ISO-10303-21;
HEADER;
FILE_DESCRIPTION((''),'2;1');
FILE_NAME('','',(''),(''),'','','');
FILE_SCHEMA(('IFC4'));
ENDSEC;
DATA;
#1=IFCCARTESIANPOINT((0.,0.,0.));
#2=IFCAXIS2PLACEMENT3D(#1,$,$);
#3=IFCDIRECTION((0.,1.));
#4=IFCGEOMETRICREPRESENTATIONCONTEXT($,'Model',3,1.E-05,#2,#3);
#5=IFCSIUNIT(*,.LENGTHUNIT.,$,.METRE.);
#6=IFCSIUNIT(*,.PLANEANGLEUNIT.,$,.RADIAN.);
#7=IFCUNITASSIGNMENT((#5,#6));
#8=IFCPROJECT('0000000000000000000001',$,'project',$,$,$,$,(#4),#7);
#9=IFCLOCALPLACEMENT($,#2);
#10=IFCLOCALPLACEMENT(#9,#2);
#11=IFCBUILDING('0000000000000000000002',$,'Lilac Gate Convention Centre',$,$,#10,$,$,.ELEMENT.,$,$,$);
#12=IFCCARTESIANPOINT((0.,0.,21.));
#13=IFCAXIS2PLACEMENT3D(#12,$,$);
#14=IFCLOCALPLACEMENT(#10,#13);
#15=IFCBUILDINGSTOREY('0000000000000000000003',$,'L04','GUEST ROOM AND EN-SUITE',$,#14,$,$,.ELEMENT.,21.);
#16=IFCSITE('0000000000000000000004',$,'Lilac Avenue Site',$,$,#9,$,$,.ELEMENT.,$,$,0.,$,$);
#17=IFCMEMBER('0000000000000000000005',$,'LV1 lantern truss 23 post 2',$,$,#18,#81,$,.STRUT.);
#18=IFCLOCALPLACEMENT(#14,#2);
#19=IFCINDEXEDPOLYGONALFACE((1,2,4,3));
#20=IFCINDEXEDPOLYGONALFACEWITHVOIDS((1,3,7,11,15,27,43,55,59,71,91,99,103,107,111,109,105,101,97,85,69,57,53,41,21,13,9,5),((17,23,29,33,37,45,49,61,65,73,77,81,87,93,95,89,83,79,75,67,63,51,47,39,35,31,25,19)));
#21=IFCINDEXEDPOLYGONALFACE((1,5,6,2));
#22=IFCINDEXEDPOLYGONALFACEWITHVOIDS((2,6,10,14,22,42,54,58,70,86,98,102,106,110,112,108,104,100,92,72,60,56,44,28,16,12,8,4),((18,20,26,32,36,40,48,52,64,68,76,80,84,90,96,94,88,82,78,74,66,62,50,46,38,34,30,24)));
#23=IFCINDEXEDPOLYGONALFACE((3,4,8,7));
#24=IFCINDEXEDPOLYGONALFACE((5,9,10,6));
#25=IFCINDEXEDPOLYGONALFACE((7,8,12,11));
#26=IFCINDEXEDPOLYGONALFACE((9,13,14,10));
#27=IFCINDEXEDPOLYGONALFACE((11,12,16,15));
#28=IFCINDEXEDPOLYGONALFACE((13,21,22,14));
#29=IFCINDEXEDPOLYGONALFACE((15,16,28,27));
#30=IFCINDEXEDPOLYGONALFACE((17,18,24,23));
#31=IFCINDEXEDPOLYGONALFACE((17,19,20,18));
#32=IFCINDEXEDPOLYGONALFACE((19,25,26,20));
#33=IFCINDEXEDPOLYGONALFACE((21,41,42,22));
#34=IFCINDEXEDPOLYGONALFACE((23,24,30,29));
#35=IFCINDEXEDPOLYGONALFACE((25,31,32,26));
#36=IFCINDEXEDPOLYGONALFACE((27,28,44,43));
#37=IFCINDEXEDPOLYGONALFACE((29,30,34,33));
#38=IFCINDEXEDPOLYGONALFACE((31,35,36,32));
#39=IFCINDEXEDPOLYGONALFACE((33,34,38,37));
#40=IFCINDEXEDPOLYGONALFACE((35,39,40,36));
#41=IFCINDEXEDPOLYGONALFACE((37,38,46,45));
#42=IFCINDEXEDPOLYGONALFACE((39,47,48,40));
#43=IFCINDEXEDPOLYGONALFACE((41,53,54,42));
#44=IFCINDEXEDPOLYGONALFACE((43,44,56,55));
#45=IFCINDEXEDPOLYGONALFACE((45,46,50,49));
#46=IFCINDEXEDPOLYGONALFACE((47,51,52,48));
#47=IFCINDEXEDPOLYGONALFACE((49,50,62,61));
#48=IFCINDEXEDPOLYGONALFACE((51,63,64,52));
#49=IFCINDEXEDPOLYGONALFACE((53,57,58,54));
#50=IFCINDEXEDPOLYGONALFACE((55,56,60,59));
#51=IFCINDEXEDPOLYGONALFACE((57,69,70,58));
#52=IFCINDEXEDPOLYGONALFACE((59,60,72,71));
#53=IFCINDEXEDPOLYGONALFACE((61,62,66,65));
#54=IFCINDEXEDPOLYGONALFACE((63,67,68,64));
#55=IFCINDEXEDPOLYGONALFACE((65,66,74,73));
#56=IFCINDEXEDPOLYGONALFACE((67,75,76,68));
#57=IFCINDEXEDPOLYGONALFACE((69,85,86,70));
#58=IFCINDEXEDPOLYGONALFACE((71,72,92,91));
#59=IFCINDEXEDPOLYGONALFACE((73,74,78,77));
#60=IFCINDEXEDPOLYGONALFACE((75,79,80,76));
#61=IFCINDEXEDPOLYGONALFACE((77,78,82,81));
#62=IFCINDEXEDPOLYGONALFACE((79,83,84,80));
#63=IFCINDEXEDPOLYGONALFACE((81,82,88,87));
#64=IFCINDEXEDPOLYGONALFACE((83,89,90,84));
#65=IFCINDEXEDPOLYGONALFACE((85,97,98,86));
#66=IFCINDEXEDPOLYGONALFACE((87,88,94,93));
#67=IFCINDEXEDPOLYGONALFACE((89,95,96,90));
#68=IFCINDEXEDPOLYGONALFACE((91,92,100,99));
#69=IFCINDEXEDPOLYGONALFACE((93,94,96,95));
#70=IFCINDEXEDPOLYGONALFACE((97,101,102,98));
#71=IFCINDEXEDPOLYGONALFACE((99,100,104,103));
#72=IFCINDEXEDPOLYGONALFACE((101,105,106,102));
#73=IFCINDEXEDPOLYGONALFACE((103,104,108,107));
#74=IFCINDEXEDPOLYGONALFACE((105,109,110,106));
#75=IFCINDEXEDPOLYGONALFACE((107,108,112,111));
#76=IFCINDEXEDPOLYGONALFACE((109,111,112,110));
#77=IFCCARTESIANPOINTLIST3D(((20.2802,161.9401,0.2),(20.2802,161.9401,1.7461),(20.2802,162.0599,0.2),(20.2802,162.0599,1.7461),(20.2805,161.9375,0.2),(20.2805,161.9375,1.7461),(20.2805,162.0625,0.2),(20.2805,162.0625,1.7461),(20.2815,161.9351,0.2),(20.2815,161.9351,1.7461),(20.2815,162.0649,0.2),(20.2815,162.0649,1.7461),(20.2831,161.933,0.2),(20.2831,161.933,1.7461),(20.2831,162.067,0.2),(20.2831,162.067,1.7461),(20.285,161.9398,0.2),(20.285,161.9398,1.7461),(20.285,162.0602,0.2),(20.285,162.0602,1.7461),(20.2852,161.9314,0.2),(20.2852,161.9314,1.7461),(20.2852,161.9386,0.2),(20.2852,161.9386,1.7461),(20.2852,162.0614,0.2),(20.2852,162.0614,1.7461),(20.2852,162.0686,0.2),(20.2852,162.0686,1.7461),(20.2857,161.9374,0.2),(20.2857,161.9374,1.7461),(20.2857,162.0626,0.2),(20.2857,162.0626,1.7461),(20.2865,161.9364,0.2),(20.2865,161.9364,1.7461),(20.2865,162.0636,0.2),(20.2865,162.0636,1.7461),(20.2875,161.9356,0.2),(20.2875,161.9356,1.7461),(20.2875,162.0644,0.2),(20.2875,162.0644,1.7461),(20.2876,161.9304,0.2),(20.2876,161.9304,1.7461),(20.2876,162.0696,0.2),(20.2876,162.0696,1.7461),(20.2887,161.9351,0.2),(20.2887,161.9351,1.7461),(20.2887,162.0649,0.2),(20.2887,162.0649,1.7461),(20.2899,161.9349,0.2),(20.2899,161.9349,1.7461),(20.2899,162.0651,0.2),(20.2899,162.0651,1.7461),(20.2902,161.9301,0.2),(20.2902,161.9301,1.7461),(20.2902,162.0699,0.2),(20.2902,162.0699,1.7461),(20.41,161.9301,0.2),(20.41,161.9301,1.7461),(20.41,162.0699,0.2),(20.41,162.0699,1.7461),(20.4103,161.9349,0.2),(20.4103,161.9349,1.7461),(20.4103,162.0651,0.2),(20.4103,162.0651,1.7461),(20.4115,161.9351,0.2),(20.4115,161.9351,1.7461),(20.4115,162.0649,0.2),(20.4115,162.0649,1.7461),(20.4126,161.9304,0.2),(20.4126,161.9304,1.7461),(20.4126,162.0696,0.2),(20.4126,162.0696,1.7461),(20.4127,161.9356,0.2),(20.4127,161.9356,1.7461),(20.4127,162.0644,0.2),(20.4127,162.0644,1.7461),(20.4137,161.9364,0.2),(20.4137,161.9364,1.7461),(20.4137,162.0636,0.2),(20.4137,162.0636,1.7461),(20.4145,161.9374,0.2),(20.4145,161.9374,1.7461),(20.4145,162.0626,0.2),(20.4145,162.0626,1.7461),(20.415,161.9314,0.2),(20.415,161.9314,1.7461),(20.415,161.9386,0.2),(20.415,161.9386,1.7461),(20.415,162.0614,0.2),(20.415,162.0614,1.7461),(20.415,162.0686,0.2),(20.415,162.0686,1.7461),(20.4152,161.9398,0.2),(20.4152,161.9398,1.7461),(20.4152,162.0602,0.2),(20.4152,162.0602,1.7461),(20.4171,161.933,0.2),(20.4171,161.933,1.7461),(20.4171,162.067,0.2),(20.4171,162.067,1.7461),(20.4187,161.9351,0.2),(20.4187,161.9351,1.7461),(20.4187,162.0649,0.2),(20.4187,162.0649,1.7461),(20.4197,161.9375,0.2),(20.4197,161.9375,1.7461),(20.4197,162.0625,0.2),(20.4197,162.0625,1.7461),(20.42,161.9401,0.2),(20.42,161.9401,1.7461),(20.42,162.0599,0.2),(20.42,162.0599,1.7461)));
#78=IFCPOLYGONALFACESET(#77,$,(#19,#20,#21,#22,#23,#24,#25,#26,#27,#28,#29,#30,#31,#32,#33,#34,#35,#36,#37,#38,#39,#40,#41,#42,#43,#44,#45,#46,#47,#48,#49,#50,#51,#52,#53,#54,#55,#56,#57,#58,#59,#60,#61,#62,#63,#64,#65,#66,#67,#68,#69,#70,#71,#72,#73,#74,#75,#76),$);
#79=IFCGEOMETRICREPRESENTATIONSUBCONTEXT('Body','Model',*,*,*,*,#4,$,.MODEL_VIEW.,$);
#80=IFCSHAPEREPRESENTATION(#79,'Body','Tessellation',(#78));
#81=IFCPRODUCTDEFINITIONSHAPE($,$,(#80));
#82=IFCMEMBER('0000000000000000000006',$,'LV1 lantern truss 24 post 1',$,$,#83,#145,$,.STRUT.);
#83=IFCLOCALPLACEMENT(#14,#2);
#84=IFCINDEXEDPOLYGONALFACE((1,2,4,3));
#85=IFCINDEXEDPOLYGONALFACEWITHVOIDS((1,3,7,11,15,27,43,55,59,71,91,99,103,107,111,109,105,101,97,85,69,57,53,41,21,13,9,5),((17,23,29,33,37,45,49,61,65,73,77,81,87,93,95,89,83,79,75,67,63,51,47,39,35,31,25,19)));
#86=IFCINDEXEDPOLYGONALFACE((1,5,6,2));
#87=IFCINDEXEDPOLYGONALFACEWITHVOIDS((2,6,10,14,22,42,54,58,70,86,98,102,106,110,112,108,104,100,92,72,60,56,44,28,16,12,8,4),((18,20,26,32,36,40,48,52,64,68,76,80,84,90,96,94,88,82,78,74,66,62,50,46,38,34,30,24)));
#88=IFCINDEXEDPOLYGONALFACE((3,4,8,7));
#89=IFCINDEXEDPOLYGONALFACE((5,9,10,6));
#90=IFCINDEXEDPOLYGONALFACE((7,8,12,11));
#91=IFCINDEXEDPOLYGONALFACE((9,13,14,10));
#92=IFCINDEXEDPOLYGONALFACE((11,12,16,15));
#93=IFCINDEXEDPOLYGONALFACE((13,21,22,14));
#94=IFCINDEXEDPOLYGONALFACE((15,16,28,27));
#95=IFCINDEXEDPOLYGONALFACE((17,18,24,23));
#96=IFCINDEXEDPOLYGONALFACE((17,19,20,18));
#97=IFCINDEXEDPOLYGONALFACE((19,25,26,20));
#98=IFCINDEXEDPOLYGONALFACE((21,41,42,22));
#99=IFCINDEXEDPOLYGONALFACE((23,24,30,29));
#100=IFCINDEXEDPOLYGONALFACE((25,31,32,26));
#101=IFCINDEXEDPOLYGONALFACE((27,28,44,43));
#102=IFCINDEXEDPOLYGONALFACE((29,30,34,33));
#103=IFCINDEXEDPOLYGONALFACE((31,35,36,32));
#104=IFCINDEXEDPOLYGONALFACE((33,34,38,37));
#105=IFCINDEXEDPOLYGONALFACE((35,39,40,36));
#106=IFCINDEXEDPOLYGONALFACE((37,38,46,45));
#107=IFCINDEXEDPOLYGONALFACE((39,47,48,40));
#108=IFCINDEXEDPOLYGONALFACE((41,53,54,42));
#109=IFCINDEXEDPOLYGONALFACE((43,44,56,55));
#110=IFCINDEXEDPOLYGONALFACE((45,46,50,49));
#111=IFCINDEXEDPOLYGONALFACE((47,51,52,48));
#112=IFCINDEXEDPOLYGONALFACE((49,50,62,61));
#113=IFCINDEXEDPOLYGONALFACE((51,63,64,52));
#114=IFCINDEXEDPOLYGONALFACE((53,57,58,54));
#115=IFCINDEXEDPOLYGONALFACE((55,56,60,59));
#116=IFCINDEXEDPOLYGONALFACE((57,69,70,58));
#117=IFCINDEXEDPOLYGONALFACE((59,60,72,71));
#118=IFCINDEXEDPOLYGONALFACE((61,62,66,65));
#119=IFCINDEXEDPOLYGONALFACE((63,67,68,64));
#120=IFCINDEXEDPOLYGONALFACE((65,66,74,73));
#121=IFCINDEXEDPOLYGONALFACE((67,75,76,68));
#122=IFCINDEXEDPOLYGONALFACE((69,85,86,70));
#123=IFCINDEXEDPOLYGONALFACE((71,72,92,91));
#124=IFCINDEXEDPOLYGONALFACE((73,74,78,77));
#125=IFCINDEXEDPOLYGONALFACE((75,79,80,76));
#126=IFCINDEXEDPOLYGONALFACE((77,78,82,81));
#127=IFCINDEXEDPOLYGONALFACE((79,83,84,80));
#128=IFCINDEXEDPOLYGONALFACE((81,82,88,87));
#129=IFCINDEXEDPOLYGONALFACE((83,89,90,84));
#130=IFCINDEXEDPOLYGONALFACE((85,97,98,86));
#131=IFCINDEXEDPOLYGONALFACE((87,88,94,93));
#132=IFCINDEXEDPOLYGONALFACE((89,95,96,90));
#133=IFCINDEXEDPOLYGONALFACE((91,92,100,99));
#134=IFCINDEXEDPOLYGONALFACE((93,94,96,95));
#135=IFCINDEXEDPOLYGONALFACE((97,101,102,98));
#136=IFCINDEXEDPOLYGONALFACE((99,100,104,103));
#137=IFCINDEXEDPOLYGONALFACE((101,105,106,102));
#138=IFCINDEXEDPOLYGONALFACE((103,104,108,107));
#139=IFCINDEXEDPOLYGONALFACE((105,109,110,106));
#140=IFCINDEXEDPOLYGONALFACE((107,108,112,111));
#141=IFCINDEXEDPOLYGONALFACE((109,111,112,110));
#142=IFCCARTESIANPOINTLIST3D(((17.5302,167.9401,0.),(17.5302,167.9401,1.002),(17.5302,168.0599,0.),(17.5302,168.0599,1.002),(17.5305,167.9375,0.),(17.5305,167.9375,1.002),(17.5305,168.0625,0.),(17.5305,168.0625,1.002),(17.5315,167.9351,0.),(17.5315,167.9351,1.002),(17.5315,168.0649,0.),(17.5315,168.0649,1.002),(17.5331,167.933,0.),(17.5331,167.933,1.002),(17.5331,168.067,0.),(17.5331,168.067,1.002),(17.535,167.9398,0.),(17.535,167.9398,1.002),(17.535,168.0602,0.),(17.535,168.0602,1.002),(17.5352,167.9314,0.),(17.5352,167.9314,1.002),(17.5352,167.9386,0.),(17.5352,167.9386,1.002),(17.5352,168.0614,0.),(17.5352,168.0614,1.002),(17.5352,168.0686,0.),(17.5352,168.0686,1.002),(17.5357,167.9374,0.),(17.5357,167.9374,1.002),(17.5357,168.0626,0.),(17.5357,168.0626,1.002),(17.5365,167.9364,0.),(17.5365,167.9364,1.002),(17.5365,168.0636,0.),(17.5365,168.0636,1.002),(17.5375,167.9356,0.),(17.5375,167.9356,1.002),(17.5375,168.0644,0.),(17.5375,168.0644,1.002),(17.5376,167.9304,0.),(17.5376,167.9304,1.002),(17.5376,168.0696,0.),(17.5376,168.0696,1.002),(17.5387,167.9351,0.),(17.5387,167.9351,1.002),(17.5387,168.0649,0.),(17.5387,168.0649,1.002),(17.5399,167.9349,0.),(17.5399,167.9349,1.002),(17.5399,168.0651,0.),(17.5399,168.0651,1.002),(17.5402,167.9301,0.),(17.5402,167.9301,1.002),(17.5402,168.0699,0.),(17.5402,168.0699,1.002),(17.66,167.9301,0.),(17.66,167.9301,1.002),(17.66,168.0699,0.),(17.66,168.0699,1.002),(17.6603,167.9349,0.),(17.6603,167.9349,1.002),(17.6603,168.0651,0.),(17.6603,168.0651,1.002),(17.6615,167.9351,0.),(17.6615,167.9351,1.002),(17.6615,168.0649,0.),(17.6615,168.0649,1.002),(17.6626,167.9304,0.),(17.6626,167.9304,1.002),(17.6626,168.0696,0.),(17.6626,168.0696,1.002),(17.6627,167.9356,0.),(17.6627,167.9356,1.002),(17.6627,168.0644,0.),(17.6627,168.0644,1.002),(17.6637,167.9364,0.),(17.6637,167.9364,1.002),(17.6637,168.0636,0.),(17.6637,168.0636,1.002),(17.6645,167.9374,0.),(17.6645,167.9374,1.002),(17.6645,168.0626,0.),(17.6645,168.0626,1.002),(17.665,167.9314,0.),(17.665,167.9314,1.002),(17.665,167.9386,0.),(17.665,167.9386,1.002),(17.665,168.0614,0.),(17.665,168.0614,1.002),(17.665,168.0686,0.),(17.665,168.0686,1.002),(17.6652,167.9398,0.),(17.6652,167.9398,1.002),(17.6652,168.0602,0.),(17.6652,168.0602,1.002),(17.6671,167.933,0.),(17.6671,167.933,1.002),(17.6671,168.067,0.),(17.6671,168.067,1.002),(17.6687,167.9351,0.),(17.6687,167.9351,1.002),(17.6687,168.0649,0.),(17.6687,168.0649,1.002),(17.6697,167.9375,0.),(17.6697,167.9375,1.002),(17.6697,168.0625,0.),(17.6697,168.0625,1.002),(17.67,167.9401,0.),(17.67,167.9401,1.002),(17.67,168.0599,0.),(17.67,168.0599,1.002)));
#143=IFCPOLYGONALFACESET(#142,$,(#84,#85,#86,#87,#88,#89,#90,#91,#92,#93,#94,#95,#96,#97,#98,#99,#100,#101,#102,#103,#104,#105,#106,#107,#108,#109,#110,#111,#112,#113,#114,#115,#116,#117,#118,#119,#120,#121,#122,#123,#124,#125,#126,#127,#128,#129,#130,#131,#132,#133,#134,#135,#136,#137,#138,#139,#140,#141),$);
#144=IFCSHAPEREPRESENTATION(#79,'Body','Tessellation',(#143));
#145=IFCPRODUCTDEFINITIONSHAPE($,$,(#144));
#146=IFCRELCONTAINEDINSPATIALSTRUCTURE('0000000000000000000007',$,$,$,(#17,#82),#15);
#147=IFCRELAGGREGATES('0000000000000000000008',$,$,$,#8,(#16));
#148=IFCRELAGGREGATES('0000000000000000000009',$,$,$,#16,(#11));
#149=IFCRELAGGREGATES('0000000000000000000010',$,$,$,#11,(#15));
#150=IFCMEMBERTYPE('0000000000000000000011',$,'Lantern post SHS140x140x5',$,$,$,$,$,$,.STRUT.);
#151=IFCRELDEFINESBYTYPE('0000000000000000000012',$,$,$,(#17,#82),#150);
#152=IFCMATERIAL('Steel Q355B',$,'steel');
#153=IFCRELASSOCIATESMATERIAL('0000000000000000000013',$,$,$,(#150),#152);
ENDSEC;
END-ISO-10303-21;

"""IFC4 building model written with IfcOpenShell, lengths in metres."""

from ifc_helpers import new_model, si_unit, direction, frame, origin, origin_2d, place, context, subcontext, project, spatial, hollow_rectangle, extrude, material, material_profile, profile_set, type_object, element, save


model = new_model("IFC4")

# Units and contexts
model_context = context("Model", 3, precision=1e-05, world=origin(), true_north=direction((0.0, 1.0)))
body_context = subcontext(model_context, "Body", "Model", "MODEL_VIEW")
ifc_project = project(units=[si_unit("LENGTHUNIT", "METRE"), si_unit("PLANEANGLEUNIT", "RADIAN")], contexts=[model_context])

# Site, building, storey
site_placement = place(None, origin())
site = spatial("IfcSite", under=ifc_project, at=site_placement, Name="Lilac Avenue Site", CompositionType="ELEMENT", RefElevation=0.0)
building_placement = place(site_placement, origin())
building = spatial("IfcBuilding", under=site, at=building_placement, Name="Lilac Gate Convention Centre", CompositionType="ELEMENT")
storey_placement = place(building_placement, frame((0.0, 0.0, 21.0)))
storey = spatial("IfcBuildingStorey", under=building, at=storey_placement, Name="L04", Description="GUEST ROOM AND EN-SUITE", CompositionType="ELEMENT", Elevation=21.0)

# Members
ifc_material_1 = material(Name="Steel Q355B", Category="steel")
ifc_material_profile_1 = material_profile(ifc_material_1, hollow_rectangle(XDim=0.1399, YDim=0.1399, WallThickness=0.0049, InnerFilletRadius=0.0049, OuterFilletRadius=0.01, at=origin_2d()), Name="SHS140x140x5")
ifc_profile_set_1 = profile_set([ifc_material_profile_1], Name="Steel Q355B")
member_type_1 = type_object("IfcMemberType", Name="Lantern post SHS140x140x5", PredefinedType="STRUT", material=ifc_profile_set_1)
member_1_placement = place(storey_placement, frame((20.3501, 162.0, 0.2), z_axis=(0.0, 0.0, 1.0), x_axis=(1.0, 0.0, 0.0)))
element("IfcMember", 1, at=member_1_placement, inside=storey, type_object=member_type_1, Name="LV1 lantern truss 23 post 2", PredefinedType="STRUT", context=body_context, shape_type="SweptSolid", body=[
    extrude(hollow_rectangle(XDim=0.1399, YDim=0.1399, WallThickness=0.0049, InnerFilletRadius=0.0049, OuterFilletRadius=0.01, at=origin_2d()), origin(), (0.0, 0.0, 1.0), 1.5461),
])
member_2_placement = place(storey_placement, frame((17.6001, 168.0, 0.0), z_axis=(0.0, 0.0, 1.0), x_axis=(1.0, 0.0, 0.0)))
element("IfcMember", 2, at=member_2_placement, inside=storey, type_object=member_type_1, Name="LV1 lantern truss 24 post 1", PredefinedType="STRUT", context=body_context, shape_type="SweptSolid", body=[
    extrude(hollow_rectangle(XDim=0.1399, YDim=0.1399, WallThickness=0.0049, InnerFilletRadius=0.0049, OuterFilletRadius=0.01, at=origin_2d()), origin(), (0.0, 0.0, 1.0), 1.002),
])

save(model, "model.ifc")
